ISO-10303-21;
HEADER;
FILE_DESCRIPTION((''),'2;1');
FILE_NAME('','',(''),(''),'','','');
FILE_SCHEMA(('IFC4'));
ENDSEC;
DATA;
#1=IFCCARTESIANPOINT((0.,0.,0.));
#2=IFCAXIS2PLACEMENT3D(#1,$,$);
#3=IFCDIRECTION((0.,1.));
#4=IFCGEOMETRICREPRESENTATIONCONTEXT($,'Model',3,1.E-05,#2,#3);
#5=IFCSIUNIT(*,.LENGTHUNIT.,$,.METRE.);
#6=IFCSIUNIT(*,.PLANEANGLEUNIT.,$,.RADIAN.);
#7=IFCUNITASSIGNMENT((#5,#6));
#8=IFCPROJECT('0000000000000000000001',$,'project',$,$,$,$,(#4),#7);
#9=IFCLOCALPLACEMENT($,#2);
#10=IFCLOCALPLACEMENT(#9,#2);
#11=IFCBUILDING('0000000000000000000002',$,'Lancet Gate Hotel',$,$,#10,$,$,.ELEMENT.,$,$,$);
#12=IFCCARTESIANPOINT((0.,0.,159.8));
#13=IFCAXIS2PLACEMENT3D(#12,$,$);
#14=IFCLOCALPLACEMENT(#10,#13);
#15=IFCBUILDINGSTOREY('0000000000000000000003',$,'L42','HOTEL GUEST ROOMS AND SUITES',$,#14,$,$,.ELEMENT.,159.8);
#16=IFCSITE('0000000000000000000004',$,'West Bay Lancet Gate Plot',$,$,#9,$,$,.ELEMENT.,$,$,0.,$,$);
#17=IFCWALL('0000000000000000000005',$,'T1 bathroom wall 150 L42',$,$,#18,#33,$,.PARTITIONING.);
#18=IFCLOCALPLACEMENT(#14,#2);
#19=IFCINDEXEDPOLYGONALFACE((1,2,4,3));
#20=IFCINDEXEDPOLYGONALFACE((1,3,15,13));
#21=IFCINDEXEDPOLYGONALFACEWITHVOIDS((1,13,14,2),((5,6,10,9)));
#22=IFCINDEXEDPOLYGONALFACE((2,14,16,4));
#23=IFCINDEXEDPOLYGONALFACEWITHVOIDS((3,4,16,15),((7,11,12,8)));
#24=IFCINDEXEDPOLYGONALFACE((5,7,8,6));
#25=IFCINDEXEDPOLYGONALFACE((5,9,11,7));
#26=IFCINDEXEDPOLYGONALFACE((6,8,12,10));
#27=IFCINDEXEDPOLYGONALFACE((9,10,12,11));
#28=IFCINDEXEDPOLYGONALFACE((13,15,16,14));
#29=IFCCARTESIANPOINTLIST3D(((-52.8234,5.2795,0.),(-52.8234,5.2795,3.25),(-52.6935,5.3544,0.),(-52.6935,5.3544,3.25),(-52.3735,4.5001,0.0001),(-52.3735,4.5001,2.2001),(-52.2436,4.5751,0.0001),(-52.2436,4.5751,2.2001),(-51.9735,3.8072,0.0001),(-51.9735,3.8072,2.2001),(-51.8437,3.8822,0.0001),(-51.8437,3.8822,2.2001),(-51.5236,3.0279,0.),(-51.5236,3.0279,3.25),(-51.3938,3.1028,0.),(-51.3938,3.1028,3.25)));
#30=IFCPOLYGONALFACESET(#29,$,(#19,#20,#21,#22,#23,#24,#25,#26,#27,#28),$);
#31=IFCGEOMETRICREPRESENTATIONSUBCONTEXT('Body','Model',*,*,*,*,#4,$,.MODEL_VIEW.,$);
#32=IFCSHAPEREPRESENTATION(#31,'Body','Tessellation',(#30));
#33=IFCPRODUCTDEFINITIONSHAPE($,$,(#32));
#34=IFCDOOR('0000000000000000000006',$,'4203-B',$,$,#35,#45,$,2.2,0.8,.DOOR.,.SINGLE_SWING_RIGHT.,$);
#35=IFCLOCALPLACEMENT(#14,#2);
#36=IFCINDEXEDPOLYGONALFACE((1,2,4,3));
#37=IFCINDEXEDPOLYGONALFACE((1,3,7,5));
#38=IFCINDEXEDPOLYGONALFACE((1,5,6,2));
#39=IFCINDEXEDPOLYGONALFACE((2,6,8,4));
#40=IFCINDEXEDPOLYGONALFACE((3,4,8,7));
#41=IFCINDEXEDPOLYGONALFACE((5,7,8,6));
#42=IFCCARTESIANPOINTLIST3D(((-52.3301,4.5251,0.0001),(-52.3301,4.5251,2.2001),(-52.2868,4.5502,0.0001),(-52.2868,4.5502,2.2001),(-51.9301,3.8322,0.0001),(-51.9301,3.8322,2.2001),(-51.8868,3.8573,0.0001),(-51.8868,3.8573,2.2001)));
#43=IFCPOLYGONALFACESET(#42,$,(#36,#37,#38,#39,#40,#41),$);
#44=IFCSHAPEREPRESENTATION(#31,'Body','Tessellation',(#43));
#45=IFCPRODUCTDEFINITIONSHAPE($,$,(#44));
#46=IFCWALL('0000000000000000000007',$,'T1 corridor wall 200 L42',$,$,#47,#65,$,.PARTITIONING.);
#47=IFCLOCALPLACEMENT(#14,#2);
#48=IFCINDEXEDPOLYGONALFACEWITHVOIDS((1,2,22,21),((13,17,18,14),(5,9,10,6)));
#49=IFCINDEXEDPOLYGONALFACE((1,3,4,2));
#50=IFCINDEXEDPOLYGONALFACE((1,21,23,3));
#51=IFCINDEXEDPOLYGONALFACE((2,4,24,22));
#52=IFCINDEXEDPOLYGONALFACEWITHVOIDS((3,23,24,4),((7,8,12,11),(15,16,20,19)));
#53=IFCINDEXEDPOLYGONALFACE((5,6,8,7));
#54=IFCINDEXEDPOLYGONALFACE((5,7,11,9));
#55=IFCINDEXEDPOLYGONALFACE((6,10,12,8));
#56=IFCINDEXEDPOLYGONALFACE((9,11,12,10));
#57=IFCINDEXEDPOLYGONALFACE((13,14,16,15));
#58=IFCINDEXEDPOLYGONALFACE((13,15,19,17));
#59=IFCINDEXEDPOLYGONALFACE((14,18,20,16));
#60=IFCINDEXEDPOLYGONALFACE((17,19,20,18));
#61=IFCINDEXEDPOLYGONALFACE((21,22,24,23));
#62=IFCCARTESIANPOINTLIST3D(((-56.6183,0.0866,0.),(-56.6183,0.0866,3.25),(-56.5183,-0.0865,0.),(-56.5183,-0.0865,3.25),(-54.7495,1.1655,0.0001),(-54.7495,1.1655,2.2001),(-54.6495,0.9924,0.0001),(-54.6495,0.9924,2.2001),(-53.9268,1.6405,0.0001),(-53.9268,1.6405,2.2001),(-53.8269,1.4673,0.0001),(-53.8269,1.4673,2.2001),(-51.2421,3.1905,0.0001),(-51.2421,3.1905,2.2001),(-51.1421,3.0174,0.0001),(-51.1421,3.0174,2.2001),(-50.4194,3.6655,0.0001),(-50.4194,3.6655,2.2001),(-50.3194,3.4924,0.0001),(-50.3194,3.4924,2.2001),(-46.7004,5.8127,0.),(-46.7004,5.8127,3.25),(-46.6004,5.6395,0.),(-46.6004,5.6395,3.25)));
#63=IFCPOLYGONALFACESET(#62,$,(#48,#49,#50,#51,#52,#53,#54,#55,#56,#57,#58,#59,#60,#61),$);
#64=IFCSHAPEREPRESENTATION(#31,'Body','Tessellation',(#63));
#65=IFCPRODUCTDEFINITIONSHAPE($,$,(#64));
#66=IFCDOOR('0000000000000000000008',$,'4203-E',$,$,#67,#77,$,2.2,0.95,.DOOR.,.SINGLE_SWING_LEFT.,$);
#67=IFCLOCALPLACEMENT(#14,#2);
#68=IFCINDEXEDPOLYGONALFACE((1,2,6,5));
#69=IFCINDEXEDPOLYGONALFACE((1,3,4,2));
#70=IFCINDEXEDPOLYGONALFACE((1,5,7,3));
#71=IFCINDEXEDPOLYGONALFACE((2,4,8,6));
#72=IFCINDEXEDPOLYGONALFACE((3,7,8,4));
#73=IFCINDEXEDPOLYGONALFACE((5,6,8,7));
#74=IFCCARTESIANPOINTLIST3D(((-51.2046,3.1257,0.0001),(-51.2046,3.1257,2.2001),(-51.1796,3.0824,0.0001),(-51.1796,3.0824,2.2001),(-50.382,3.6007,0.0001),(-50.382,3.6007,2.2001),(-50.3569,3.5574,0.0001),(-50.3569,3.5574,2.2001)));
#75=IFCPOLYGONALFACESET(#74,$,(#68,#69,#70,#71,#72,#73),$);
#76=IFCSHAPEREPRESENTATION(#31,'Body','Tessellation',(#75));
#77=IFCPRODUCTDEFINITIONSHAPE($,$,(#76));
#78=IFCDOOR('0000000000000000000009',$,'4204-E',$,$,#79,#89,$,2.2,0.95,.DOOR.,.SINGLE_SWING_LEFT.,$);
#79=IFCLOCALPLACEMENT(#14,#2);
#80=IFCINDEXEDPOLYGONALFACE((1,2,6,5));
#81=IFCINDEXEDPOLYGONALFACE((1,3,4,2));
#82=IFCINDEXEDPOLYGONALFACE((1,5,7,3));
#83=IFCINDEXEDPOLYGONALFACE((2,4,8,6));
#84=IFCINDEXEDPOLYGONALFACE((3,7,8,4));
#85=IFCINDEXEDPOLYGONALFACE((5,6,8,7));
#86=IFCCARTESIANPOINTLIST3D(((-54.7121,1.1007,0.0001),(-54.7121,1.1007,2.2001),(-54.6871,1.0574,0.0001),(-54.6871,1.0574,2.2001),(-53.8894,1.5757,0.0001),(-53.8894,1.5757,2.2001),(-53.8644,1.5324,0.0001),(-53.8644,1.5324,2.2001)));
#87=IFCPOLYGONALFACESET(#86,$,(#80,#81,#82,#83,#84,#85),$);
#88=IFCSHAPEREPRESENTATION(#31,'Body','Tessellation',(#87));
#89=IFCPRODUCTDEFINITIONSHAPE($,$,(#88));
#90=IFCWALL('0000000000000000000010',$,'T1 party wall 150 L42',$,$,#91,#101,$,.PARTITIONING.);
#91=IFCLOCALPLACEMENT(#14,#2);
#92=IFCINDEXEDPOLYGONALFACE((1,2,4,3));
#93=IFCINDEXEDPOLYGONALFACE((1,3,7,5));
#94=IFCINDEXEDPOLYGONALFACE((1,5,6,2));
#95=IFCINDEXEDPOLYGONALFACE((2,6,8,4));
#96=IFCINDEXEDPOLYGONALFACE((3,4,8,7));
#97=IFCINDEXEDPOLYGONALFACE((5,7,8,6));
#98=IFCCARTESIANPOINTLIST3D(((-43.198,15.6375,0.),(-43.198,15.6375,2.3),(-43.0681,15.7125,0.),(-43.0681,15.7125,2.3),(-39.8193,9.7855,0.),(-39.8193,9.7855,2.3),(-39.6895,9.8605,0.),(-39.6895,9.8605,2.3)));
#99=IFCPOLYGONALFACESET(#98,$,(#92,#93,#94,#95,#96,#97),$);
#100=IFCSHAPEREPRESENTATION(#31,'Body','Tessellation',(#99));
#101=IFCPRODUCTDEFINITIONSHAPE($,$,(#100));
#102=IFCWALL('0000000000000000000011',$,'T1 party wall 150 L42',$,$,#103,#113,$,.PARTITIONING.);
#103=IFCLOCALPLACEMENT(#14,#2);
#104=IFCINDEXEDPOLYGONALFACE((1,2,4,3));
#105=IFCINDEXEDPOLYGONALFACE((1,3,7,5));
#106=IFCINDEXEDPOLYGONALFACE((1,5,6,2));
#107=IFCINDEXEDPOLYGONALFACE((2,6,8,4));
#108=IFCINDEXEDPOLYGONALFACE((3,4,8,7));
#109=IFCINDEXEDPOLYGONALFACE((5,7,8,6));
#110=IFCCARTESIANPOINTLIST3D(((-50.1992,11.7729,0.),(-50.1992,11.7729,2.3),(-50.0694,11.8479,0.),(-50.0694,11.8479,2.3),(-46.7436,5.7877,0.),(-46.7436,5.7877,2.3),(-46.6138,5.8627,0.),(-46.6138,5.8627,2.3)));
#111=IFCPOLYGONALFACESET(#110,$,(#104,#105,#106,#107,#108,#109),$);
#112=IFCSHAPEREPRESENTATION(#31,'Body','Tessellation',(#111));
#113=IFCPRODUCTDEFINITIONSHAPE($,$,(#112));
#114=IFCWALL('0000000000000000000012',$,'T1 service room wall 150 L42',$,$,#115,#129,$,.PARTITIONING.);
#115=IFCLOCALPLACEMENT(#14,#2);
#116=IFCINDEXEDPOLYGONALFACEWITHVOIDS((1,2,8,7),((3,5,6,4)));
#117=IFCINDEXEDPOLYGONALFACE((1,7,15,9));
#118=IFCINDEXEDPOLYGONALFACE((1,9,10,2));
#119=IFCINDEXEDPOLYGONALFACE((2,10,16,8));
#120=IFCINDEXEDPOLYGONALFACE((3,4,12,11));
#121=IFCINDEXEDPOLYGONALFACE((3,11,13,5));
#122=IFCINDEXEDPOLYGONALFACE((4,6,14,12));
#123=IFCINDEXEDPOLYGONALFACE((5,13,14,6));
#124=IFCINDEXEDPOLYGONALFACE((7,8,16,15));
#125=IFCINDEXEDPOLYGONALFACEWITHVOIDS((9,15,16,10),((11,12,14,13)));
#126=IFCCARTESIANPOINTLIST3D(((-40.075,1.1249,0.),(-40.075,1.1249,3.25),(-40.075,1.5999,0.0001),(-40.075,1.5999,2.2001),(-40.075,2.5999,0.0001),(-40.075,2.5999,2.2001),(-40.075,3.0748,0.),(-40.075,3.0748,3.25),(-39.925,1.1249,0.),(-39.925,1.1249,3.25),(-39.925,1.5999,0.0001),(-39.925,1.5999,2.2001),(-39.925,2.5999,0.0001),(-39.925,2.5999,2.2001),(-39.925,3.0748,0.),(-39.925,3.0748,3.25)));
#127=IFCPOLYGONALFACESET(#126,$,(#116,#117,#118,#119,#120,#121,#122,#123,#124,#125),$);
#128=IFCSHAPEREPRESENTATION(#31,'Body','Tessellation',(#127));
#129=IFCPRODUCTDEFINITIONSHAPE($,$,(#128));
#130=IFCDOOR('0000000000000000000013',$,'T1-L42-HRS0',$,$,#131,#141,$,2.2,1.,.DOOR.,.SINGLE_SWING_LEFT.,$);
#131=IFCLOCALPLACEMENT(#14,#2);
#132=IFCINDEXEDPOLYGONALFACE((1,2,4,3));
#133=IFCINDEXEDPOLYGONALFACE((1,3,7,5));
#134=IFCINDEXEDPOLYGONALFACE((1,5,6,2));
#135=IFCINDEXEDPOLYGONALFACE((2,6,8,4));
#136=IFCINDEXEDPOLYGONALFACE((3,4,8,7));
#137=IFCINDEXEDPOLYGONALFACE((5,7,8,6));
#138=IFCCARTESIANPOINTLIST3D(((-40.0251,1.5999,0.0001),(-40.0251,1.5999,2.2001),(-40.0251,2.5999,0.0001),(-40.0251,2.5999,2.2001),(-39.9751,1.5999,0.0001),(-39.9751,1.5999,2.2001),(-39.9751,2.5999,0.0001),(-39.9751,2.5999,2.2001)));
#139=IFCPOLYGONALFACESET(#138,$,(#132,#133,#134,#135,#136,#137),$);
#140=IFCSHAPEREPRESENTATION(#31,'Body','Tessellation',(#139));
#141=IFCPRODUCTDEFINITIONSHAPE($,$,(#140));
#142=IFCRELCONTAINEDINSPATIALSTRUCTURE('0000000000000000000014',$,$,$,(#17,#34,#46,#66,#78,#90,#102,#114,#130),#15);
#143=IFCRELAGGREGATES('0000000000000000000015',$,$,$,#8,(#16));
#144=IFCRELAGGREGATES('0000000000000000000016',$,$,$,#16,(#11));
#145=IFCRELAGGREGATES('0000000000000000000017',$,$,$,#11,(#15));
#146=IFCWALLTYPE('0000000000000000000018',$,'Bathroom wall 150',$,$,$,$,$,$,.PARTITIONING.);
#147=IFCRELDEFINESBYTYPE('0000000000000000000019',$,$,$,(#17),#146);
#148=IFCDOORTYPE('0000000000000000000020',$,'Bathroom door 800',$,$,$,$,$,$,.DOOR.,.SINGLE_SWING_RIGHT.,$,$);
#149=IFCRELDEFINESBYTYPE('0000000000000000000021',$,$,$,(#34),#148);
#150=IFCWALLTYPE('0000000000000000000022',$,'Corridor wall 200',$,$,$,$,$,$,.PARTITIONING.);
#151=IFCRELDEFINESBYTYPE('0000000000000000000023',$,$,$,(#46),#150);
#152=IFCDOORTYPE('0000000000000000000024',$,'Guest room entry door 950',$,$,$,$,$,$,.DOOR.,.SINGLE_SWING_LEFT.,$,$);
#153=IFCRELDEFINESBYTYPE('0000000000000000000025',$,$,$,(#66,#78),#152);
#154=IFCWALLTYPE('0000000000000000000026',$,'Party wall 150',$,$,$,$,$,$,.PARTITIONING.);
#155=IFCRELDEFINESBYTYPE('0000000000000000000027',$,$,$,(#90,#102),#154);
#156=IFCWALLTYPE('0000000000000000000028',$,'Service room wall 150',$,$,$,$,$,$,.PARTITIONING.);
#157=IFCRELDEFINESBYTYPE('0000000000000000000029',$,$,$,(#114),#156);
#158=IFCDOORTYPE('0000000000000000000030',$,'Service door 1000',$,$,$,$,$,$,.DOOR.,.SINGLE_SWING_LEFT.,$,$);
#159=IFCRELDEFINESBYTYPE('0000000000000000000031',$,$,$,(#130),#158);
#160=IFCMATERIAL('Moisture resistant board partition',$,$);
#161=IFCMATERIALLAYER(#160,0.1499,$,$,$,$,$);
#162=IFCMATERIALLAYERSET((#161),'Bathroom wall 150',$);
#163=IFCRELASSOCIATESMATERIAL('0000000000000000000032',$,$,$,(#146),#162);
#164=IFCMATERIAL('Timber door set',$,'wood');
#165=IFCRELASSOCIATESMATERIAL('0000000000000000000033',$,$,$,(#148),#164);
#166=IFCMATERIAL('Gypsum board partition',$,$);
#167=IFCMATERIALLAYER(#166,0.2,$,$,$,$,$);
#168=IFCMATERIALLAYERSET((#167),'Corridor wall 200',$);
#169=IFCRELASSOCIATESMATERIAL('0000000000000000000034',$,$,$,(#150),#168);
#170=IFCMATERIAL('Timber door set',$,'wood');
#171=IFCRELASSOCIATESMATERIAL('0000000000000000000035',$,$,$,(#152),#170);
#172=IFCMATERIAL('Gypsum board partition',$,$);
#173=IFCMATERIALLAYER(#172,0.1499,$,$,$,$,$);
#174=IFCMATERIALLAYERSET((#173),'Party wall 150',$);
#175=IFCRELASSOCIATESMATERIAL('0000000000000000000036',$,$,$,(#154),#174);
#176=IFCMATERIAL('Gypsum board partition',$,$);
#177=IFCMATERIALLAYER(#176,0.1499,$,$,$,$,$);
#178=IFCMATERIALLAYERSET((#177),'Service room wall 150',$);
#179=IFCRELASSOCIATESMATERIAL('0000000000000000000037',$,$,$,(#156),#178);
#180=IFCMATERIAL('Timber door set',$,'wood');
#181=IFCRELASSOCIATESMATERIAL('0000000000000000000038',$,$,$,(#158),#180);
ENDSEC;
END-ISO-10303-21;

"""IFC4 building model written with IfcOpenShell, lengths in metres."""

from ifc_helpers import new_model, si_unit, direction, frame, frame_2d, origin, place, context, subcontext, project, spatial, rectangle, extrude, material, layer, layer_set, type_object, element, fill, save


model = new_model("IFC4")

# Units and contexts
model_context = context("Model", 3, precision=1e-05, world=origin(), true_north=direction((0.0, 1.0)))
body_context = subcontext(model_context, "Body", "Model", "MODEL_VIEW")
ifc_project = project(units=[si_unit("LENGTHUNIT", "METRE"), si_unit("PLANEANGLEUNIT", "RADIAN")], contexts=[model_context])

# Site, building, storey
site_placement = place(None, origin())
site = spatial("IfcSite", under=ifc_project, at=site_placement, Name="West Bay Lancet Gate Plot", CompositionType="ELEMENT", RefElevation=0.0)
building_placement = place(site_placement, origin())
building = spatial("IfcBuilding", under=site, at=building_placement, Name="Lancet Gate Hotel", CompositionType="ELEMENT")
storey_placement = place(building_placement, frame((0.0, 0.0, 159.8)))
storey = spatial("IfcBuildingStorey", under=building, at=storey_placement, Name="L42", Description="HOTEL GUEST ROOMS AND SUITES", CompositionType="ELEMENT", Elevation=159.8)

# Shared definitions
ifc_material_1 = material(Name="Moisture resistant board partition")
ifc_layer_1 = layer(ifc_material_1, 0.1499)
ifc_layer_set_1 = layer_set([ifc_layer_1], Name="Bathroom wall 150")
wall_type_1 = type_object("IfcWallType", Name="Bathroom wall 150", PredefinedType="PARTITIONING", material=ifc_layer_set_1)

# Wall, opening, door
wall_1_placement = place(storey_placement, frame((-51.4587, 3.0654, 0.0), z_axis=(0.0, 0.0, 1.0), x_axis=(-0.499937, 0.866062, 0.0)))
wall_1 = element("IfcWall", 1, at=wall_1_placement, inside=storey, type_object=wall_type_1, Name="T1 bathroom wall 150 L42", PredefinedType="PARTITIONING", context=body_context, shape_type="SweptSolid", body=[
    extrude(rectangle(XDim=2.5999, YDim=0.1499, at=frame_2d((1.2998, 0.0))), origin(), (0.0, 0.0, 1.0), 3.25),
])
opening_1_placement = place(wall_1_placement, frame((0.8999, 0.0, 0.0)))
opening_1 = element("IfcOpeningElement", 2, at=opening_1_placement, cuts=wall_1, PredefinedType="OPENING", context=body_context, shape_type="SweptSolid", body=[
    extrude(rectangle(XDim=0.8, YDim=2.2, at=frame_2d((0.3999, 1.1001))), frame((0.0, 0.085, 0.0), z_axis=(0.0, -1.0, 0.0), x_axis=(1.0, 0.0, 0.0)), (0.0, 0.0, 1.0), 0.1699),
])
ifc_material_2 = material(Name="Timber door set", Category="wood")
door_type_1 = type_object("IfcDoorType", Name="Bathroom door 800", OperationType="SINGLE_SWING_RIGHT", PredefinedType="DOOR", material=ifc_material_2)
door_1_placement = place(opening_1_placement, origin())
door_1 = element("IfcDoor", 3, at=door_1_placement, inside=storey, type_object=door_type_1, Name="4203-B", OperationType="SINGLE_SWING_RIGHT", OverallHeight=2.2, OverallWidth=0.8, PredefinedType="DOOR", context=body_context, shape_type="SweptSolid", body=[
    extrude(rectangle(XDim=0.8, YDim=2.2, at=frame_2d((0.3999, 1.1001))), frame((0.0, 0.0249, 0.0), z_axis=(0.0, -1.0, 0.0), x_axis=(1.0, 0.0, 0.0)), (0.0, 0.0, 1.0), 0.05),
])
fill(opening_1, door_1)

# Wall, openings, doors
ifc_material_3 = material(Name="Gypsum board partition")
ifc_layer_2 = layer(ifc_material_3, 0.2)
ifc_layer_set_2 = layer_set([ifc_layer_2], Name="Corridor wall 200")
wall_type_2 = type_object("IfcWallType", Name="Corridor wall 200", PredefinedType="PARTITIONING", material=ifc_layer_set_2)
wall_2_placement = place(storey_placement, frame((-46.6504, 5.7261, 0.0), z_axis=(0.0, 0.0, 1.0), x_axis=(-0.866028, -0.499996, 0.0)))
wall_2 = element("IfcWall", 4, at=wall_2_placement, inside=storey, type_object=wall_type_2, Name="T1 corridor wall 200 L42", PredefinedType="PARTITIONING", context=body_context, shape_type="SweptSolid", body=[
    extrude(rectangle(XDim=11.4521, YDim=0.2, at=frame_2d((5.7261, 0.0))), origin(), (0.0, 0.0, 1.0), 3.25),
])
opening_2_placement = place(wall_2_placement, frame((4.2942, 0.0, 0.0)))
opening_2 = element("IfcOpeningElement", 5, at=opening_2_placement, cuts=wall_2, PredefinedType="OPENING", context=body_context, shape_type="SweptSolid", body=[
    extrude(rectangle(XDim=0.95, YDim=2.2, at=frame_2d((0.4751, 1.1001))), frame((0.0, 0.1099, 0.0), z_axis=(0.0, -1.0, 0.0), x_axis=(1.0, 0.0, 0.0)), (0.0, 0.0, 1.0), 0.22),
])
opening_3_placement = place(wall_2_placement, frame((8.3442, 0.0, 0.0)))
opening_3 = element("IfcOpeningElement", 6, at=opening_3_placement, cuts=wall_2, PredefinedType="OPENING", context=body_context, shape_type="SweptSolid", body=[
    extrude(rectangle(XDim=0.95, YDim=2.2, at=frame_2d((0.4751, 1.1001))), frame((0.0, 0.1099, 0.0), z_axis=(0.0, -1.0, 0.0), x_axis=(1.0, 0.0, 0.0)), (0.0, 0.0, 1.0), 0.22),
])
ifc_material_4 = material(Name="Timber door set", Category="wood")
door_type_2 = type_object("IfcDoorType", Name="Guest room entry door 950", OperationType="SINGLE_SWING_LEFT", PredefinedType="DOOR", material=ifc_material_4)
door_2_placement = place(opening_2_placement, origin())
door_2 = element("IfcDoor", 7, at=door_2_placement, inside=storey, type_object=door_type_2, Name="4203-E", OperationType="SINGLE_SWING_LEFT", OverallHeight=2.2, OverallWidth=0.95, PredefinedType="DOOR", context=body_context, shape_type="SweptSolid", body=[
    extrude(rectangle(XDim=0.95, YDim=2.2, at=frame_2d((0.4751, 1.1001))), frame((0.0, 0.0249, 0.0), z_axis=(0.0, -1.0, 0.0), x_axis=(1.0, 0.0, 0.0)), (0.0, 0.0, 1.0), 0.05),
])
fill(opening_2, door_2)
door_3_placement = place(opening_3_placement, origin())
door_3 = element("IfcDoor", 8, at=door_3_placement, inside=storey, type_object=door_type_2, Name="4204-E", OperationType="SINGLE_SWING_LEFT", OverallHeight=2.2, OverallWidth=0.95, PredefinedType="DOOR", context=body_context, shape_type="SweptSolid", body=[
    extrude(rectangle(XDim=0.95, YDim=2.2, at=frame_2d((0.4751, 1.1001))), frame((0.0, 0.0249, 0.0), z_axis=(0.0, -1.0, 0.0), x_axis=(1.0, 0.0, 0.0)), (0.0, 0.0, 1.0), 0.05),
])
fill(opening_3, door_3)

# Walls
ifc_material_5 = material(Name="Gypsum board partition")
ifc_layer_3 = layer(ifc_material_5, 0.1499)
ifc_layer_set_3 = layer_set([ifc_layer_3], Name="Party wall 150")
wall_type_3 = type_object("IfcWallType", Name="Party wall 150", PredefinedType="PARTITIONING", material=ifc_layer_set_3)
wall_3_placement = place(storey_placement, frame((-39.7544, 9.823, 0.0), z_axis=(0.0, 0.0, 1.0), x_axis=(-0.499998, 0.866027, 0.0)))
element("IfcWall", 9, at=wall_3_placement, inside=storey, type_object=wall_type_3, Name="T1 party wall 150 L42", PredefinedType="PARTITIONING", context=body_context, shape_type="SweptSolid", body=[
    extrude(rectangle(XDim=6.7573, YDim=0.1499, at=frame_2d((3.3787, 0.0))), origin(), (0.0, 0.0, 1.0), 2.3),
])
wall_4_placement = place(storey_placement, frame((-46.6787, 5.8252, 0.0), z_axis=(0.0, 0.0, 1.0), x_axis=(-0.500007, 0.866021, 0.0)))
element("IfcWall", 10, at=wall_4_placement, inside=storey, type_object=wall_type_3, Name="T1 party wall 150 L42", PredefinedType="PARTITIONING", context=body_context, shape_type="SweptSolid", body=[
    extrude(rectangle(XDim=6.9111, YDim=0.1499, at=frame_2d((3.4556, 0.0))), origin(), (0.0, 0.0, 1.0), 2.3),
])

# Wall, opening, door
ifc_material_6 = material(Name="Gypsum board partition")
ifc_layer_4 = layer(ifc_material_6, 0.1499)
ifc_layer_set_4 = layer_set([ifc_layer_4], Name="Service room wall 150")
wall_type_4 = type_object("IfcWallType", Name="Service room wall 150", PredefinedType="PARTITIONING", material=ifc_layer_set_4)
wall_5_placement = place(storey_placement, frame((-40.0, 3.075, 0.0), z_axis=(0.0, 0.0, 1.0), x_axis=(0.0, -1.0, 0.0)))
wall_5 = element("IfcWall", 11, at=wall_5_placement, inside=storey, type_object=wall_type_4, Name="T1 service room wall 150 L42", PredefinedType="PARTITIONING", context=body_context, shape_type="SweptSolid", body=[
    extrude(rectangle(XDim=1.95, YDim=0.1499, at=frame_2d((0.9751, 0.0))), origin(), (0.0, 0.0, 1.0), 3.25),
])
opening_4_placement = place(wall_5_placement, frame((0.4751, 0.0, 0.0)))
opening_4 = element("IfcOpeningElement", 12, at=opening_4_placement, cuts=wall_5, PredefinedType="OPENING", context=body_context, shape_type="SweptSolid", body=[
    extrude(rectangle(XDim=1.0, YDim=2.2, at=frame_2d((0.5, 1.1001))), frame((0.0, 0.085, 0.0), z_axis=(0.0, -1.0, 0.0), x_axis=(1.0, 0.0, 0.0)), (0.0, 0.0, 1.0), 0.1699),
])
ifc_material_7 = material(Name="Timber door set", Category="wood")
door_type_3 = type_object("IfcDoorType", Name="Service door 1000", OperationType="SINGLE_SWING_LEFT", PredefinedType="DOOR", material=ifc_material_7)
door_4_placement = place(opening_4_placement, origin())
door_4 = element("IfcDoor", 13, at=door_4_placement, inside=storey, type_object=door_type_3, Name="T1-L42-HRS0", OperationType="SINGLE_SWING_LEFT", OverallHeight=2.2, OverallWidth=1.0, PredefinedType="DOOR", context=body_context, shape_type="SweptSolid", body=[
    extrude(rectangle(XDim=1.0, YDim=2.2, at=frame_2d((0.5, 1.1001))), frame((0.0, 0.0249, 0.0), z_axis=(0.0, -1.0, 0.0), x_axis=(1.0, 0.0, 0.0)), (0.0, 0.0, 1.0), 0.05),
])
fill(opening_4, door_4)

save(model, "model.ifc")
